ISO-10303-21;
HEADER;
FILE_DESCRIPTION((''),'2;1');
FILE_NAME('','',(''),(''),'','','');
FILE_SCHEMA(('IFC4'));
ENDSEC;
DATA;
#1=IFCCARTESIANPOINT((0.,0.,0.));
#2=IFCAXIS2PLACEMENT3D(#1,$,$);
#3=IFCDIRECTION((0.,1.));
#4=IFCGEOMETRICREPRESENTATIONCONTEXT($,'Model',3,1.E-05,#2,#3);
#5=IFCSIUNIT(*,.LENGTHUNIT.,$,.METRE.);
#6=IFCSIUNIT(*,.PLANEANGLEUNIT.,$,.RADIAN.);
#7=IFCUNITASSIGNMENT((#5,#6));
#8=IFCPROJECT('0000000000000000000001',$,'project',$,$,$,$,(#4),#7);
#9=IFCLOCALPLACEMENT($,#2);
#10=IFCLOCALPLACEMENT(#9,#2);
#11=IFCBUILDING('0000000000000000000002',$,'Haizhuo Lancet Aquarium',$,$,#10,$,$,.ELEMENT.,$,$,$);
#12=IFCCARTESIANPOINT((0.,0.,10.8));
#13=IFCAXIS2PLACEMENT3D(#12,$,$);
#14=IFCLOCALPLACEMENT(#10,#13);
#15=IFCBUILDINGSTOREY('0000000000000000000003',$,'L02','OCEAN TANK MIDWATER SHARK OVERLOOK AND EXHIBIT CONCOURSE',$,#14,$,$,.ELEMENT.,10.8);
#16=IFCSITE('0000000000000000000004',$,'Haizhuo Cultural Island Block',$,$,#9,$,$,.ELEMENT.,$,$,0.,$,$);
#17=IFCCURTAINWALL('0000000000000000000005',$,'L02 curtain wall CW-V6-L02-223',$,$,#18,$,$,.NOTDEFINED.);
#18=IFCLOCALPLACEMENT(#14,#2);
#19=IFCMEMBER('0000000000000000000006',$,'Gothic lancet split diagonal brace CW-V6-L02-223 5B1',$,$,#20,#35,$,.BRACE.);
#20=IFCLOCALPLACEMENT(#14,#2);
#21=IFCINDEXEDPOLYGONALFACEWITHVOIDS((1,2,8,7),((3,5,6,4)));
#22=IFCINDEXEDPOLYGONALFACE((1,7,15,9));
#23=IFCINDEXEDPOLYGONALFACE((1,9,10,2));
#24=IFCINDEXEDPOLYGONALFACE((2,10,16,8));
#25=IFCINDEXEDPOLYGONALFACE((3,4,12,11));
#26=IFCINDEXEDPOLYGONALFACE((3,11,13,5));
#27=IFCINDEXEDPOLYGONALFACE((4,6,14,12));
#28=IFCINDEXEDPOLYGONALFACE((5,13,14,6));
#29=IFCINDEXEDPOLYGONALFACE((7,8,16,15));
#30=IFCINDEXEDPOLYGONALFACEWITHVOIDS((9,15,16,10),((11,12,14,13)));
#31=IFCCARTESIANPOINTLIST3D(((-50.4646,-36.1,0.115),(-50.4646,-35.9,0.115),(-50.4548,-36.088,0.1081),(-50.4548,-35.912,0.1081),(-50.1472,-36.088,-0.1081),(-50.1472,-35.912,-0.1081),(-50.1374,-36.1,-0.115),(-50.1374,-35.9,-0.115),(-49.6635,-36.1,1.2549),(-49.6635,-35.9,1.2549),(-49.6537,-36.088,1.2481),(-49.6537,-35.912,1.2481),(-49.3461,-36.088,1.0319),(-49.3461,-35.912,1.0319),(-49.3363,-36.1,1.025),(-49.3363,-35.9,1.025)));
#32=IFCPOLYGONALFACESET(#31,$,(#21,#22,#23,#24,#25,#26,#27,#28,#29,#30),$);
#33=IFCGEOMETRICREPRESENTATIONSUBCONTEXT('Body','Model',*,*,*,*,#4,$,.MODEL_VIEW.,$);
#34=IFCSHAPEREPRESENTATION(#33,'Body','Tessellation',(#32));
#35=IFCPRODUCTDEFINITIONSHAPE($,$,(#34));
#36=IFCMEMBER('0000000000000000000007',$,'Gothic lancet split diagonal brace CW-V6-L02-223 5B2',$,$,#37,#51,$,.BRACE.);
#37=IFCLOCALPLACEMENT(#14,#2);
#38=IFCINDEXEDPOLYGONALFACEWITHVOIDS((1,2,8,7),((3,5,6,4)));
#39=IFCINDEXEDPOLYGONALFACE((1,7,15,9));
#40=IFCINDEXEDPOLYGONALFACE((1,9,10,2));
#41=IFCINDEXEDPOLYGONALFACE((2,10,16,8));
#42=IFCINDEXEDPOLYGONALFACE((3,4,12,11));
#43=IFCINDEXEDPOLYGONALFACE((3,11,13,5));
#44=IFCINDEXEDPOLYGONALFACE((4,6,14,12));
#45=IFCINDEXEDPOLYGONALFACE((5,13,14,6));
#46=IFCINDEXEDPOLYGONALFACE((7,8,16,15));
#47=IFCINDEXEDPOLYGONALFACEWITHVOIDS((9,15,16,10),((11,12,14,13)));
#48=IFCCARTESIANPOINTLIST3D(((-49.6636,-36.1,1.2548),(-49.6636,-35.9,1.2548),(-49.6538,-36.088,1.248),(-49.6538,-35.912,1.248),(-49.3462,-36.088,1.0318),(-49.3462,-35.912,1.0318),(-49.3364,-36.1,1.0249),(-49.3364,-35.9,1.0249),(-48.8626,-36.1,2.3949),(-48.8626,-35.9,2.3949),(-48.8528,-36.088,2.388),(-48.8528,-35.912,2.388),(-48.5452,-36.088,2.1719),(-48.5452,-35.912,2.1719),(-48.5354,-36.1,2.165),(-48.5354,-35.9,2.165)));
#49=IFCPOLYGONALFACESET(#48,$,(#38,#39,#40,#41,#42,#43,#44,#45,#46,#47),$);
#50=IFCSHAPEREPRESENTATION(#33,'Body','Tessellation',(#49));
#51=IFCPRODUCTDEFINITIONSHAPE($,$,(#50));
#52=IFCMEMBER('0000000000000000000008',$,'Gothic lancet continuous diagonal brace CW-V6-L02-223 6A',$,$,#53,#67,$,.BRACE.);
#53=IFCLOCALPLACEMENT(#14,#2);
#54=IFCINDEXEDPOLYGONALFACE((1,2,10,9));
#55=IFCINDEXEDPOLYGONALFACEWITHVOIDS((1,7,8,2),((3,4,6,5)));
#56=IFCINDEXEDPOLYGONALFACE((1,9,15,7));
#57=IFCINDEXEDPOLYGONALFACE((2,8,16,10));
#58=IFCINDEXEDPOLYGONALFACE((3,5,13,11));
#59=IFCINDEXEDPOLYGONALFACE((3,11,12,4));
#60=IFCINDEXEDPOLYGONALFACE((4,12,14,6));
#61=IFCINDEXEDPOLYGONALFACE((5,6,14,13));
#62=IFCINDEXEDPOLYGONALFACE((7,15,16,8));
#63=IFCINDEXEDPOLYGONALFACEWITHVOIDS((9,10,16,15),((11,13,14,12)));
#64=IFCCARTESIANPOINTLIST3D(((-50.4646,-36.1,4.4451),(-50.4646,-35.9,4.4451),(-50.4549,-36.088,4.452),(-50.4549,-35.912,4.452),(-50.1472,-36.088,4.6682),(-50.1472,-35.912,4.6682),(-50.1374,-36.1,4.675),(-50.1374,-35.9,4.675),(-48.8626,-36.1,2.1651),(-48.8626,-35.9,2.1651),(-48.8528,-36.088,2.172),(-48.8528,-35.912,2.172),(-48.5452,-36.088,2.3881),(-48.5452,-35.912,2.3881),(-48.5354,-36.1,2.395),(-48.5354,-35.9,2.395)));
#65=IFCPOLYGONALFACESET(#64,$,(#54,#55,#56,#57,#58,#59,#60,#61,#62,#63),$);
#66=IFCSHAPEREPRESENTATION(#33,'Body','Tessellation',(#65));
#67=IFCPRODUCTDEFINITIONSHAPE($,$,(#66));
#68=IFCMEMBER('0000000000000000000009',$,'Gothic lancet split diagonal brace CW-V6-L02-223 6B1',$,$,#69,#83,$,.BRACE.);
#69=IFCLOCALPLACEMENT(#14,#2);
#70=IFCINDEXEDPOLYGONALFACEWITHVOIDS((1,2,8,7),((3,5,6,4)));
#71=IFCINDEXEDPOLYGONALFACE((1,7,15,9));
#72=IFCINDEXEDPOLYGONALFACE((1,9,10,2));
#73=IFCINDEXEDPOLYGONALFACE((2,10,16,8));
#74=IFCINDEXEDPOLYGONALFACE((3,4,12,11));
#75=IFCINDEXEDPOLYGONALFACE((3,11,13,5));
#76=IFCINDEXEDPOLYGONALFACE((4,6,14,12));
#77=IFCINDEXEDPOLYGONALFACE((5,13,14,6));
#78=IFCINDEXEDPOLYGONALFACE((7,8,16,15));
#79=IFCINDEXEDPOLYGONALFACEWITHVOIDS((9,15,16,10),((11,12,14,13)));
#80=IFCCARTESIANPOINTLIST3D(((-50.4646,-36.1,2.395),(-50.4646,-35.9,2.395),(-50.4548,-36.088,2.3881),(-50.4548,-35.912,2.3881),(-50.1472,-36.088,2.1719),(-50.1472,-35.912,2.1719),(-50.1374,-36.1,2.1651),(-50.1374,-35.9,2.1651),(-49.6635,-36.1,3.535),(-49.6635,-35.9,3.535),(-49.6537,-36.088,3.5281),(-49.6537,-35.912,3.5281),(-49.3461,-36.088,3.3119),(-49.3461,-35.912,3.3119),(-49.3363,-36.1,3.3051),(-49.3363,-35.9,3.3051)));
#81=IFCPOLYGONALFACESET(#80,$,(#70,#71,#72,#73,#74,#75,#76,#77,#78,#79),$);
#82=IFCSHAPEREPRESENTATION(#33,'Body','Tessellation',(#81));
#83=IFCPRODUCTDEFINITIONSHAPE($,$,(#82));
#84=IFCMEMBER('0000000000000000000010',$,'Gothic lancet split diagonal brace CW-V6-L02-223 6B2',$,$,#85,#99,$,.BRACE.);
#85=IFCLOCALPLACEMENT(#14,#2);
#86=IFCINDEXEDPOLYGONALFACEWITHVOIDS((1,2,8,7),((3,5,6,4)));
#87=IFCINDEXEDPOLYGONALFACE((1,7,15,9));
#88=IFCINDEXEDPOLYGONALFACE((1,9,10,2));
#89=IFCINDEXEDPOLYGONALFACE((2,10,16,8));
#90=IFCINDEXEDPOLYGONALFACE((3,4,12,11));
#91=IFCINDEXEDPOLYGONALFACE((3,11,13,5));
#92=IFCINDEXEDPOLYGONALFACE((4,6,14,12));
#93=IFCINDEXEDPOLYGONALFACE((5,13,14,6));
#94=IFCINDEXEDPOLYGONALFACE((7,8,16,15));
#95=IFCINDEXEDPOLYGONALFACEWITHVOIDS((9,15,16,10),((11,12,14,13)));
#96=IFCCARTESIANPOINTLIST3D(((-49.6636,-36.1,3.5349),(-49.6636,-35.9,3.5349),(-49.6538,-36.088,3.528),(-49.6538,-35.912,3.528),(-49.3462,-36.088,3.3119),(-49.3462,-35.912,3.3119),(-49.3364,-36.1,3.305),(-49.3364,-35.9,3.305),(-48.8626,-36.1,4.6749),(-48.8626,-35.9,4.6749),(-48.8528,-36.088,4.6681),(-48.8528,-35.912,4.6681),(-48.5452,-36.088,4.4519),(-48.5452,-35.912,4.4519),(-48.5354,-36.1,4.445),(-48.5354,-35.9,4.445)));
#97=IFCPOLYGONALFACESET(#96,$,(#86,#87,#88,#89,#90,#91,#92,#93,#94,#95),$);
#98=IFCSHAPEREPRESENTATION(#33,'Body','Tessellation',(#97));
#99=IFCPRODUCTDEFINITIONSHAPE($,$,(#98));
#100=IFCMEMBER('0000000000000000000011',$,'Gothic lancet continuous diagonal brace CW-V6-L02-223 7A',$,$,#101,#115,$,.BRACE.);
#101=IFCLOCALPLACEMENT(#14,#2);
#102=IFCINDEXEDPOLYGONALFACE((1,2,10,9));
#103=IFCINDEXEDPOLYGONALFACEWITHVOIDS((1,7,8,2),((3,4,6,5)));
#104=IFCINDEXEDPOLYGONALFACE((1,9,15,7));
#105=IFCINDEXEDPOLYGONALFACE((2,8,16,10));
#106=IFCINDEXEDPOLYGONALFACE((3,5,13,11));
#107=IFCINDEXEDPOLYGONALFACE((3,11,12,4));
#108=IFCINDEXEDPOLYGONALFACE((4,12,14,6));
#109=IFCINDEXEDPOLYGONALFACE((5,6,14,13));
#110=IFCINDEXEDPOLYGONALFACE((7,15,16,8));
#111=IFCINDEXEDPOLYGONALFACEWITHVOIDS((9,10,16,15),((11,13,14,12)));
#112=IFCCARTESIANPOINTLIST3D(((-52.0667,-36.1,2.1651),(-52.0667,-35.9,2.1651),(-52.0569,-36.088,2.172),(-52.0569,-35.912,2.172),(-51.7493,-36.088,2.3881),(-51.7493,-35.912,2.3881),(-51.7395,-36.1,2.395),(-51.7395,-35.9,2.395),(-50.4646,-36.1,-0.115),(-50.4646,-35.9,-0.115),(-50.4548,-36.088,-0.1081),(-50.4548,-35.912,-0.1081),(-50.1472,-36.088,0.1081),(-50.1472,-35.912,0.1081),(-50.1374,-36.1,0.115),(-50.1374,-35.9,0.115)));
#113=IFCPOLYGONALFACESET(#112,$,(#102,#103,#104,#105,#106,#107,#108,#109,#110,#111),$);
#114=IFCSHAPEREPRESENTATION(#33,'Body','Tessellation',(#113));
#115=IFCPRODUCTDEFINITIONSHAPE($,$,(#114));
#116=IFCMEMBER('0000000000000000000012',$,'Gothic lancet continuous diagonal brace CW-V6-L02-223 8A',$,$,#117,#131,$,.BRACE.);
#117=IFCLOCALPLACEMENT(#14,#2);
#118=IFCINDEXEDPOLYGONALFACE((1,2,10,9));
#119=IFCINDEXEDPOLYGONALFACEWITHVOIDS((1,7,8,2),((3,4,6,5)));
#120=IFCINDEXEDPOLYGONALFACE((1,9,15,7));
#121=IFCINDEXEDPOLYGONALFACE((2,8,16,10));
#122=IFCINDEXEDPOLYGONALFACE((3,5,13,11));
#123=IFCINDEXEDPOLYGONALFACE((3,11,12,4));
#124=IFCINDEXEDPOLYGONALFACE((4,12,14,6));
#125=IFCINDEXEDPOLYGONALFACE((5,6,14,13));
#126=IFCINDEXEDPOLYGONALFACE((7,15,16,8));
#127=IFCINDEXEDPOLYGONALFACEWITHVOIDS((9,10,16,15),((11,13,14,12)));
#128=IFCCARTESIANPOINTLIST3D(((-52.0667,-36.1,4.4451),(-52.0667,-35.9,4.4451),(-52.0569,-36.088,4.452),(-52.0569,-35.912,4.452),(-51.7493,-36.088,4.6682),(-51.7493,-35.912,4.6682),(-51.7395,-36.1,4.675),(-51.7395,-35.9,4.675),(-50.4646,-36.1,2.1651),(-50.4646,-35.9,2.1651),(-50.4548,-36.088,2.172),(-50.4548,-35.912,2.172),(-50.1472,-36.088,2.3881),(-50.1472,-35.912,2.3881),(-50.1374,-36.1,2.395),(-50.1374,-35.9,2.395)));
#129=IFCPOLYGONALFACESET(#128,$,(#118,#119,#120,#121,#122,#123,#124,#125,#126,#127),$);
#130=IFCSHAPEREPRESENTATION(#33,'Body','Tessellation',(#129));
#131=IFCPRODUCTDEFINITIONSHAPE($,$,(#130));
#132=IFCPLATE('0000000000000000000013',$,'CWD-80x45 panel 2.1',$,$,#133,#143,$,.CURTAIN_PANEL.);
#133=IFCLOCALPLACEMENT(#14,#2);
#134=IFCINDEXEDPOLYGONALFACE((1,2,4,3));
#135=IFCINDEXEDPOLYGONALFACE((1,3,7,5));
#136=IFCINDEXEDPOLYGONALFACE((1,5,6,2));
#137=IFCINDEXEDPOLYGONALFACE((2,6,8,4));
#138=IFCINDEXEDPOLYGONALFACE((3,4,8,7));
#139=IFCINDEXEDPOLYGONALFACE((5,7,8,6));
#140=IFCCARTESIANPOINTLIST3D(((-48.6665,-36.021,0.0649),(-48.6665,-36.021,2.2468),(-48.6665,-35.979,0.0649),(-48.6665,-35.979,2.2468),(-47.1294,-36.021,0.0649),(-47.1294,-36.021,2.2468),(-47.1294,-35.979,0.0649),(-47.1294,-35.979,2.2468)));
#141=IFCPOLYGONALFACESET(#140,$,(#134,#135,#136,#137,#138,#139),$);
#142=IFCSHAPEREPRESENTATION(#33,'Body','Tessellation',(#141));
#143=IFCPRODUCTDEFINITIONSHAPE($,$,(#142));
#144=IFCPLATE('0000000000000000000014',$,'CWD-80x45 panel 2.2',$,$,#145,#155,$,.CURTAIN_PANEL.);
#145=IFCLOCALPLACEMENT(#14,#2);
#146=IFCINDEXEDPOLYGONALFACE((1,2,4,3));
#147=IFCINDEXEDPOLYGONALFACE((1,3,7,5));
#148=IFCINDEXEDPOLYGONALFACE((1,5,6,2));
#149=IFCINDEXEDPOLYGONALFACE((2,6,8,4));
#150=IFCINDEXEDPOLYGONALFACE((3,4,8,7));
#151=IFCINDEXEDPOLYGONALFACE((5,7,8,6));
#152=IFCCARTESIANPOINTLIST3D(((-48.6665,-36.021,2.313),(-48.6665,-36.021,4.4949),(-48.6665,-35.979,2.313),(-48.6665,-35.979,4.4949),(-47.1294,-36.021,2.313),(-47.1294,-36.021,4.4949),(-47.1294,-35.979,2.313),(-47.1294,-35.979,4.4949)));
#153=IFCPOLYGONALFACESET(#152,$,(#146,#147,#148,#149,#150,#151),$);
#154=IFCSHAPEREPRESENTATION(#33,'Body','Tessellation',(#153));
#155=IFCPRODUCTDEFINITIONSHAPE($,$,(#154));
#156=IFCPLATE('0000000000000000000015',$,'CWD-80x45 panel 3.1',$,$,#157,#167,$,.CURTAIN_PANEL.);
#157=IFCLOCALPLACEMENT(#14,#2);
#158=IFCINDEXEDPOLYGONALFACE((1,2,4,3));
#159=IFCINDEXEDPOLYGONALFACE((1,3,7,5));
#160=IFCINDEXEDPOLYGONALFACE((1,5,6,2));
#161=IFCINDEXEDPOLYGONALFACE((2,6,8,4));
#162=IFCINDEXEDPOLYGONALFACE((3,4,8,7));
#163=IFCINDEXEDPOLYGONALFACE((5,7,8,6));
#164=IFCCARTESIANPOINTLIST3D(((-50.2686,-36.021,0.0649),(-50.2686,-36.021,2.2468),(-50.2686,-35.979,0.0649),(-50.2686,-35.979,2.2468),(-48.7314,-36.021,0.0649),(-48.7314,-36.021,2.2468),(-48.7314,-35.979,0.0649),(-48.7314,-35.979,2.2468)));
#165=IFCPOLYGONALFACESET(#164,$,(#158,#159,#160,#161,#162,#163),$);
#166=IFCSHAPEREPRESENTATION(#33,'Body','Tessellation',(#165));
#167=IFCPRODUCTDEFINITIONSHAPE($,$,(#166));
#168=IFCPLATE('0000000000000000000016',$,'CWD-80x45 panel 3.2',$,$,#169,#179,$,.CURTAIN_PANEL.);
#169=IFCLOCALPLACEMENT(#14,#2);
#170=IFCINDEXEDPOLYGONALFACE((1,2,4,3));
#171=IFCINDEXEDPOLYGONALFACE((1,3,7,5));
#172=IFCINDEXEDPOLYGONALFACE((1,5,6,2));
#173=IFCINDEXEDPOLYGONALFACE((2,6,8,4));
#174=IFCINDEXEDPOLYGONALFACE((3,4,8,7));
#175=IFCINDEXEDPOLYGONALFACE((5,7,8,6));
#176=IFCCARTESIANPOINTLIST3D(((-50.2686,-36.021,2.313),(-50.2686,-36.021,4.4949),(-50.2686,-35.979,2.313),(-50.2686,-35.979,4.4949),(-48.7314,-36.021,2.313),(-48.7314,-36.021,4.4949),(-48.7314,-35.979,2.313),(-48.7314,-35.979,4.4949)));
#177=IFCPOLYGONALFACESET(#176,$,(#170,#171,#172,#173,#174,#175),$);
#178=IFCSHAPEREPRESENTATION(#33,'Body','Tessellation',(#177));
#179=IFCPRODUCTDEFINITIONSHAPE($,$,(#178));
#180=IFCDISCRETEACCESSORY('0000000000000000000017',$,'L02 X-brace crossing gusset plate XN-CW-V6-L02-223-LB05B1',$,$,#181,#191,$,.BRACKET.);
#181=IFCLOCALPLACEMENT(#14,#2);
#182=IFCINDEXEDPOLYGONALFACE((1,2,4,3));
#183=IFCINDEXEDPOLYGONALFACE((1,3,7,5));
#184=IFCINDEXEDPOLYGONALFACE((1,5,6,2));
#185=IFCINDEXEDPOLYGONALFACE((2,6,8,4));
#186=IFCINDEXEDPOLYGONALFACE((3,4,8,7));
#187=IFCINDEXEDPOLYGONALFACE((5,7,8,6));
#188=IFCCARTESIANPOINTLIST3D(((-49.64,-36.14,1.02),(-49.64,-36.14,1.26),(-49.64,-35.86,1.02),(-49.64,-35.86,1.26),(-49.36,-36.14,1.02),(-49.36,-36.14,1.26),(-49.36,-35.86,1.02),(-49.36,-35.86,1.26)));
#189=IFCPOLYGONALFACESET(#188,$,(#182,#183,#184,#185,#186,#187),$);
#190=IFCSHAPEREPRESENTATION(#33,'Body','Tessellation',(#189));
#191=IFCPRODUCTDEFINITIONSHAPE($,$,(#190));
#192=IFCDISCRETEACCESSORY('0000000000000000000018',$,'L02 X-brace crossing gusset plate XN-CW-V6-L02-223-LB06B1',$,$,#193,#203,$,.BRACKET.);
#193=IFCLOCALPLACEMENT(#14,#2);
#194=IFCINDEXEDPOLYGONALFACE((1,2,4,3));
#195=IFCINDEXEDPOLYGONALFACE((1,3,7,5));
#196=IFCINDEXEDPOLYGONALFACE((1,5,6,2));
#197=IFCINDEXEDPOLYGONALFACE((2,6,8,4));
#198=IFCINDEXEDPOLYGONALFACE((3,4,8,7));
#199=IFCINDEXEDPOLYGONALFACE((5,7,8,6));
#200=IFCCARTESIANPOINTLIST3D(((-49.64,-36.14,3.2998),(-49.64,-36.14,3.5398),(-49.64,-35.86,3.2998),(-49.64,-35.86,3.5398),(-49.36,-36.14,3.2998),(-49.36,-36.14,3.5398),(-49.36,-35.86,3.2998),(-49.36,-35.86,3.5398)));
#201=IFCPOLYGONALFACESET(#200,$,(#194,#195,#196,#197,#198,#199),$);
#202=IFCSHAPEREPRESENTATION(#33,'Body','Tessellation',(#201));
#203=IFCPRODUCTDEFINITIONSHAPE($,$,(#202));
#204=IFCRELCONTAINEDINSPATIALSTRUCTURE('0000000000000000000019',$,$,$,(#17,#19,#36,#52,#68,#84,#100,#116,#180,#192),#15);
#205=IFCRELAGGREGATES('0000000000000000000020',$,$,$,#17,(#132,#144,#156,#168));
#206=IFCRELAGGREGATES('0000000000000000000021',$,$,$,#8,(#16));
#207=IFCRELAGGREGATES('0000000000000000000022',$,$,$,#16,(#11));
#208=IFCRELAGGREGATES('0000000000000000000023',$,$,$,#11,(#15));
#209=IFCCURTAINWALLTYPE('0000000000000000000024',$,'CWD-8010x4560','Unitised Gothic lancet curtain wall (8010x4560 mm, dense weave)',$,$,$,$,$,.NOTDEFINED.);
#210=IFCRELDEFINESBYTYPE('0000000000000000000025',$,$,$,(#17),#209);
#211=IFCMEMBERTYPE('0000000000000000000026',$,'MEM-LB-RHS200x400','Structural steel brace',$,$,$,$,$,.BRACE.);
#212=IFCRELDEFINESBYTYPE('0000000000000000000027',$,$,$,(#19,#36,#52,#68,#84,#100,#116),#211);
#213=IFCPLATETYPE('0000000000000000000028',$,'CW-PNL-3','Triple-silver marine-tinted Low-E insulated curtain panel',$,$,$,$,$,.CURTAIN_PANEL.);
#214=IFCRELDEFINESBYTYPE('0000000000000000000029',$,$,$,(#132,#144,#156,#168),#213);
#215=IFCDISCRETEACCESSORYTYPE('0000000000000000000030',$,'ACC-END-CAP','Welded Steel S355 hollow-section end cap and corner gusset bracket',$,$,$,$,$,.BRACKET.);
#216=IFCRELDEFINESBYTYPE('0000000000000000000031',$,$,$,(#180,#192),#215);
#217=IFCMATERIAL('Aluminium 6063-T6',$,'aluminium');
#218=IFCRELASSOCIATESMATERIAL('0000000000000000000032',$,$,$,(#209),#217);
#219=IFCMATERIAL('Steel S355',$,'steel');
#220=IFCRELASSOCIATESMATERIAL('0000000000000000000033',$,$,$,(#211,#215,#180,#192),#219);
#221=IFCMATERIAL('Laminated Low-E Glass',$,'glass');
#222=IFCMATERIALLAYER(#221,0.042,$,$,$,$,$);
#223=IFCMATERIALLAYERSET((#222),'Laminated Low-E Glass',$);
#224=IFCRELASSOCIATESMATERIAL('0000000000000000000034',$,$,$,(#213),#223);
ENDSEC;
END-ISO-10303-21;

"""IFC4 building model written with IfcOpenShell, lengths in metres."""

from ifc_helpers import new_model, si_unit, direction, frame, origin, origin_2d, place, context, subcontext, project, spatial, rectangle, hollow_rectangle, extrude, material, layer, layer_set, material_profile, profile_set, type_object, element, aggregate, save


model = new_model("IFC4")

# Units and contexts
model_context = context("Model", 3, precision=1e-05, world=origin(), true_north=direction((0.0, 1.0)))
body_context = subcontext(model_context, "Body", "Model", "MODEL_VIEW")
ifc_project = project(units=[si_unit("LENGTHUNIT", "METRE"), si_unit("PLANEANGLEUNIT", "RADIAN")], contexts=[model_context])

# Site, building, storey
site_placement = place(None, origin())
site = spatial("IfcSite", under=ifc_project, at=site_placement, Name="Haizhuo Cultural Island Block", CompositionType="ELEMENT", RefElevation=0.0)
building_placement = place(site_placement, origin())
building = spatial("IfcBuilding", under=site, at=building_placement, Name="Haizhuo Lancet Aquarium", CompositionType="ELEMENT")
storey_placement = place(building_placement, frame((0.0, 0.0, 10.8)))
storey = spatial("IfcBuildingStorey", under=building, at=storey_placement, Name="L02", Description="OCEAN TANK MIDWATER SHARK OVERLOOK AND EXHIBIT CONCOURSE", CompositionType="ELEMENT", Elevation=10.8)

# Curtain wall
ifc_material_1 = material(Name="Aluminium 6063-T6", Category="aluminium")
curtain_wall_type = type_object("IfcCurtainWallType", Name="CWD-8010x4560", Description="Unitised Gothic lancet curtain wall (8010x4560 mm, dense weave)", PredefinedType="NOTDEFINED", material=ifc_material_1)
curtain_wall_placement = place(storey_placement, origin())
curtain_wall = element("IfcCurtainWall", 1, at=curtain_wall_placement, inside=storey, type_object=curtain_wall_type, Name="L02 curtain wall CW-V6-L02-223", PredefinedType="NOTDEFINED")

# Members
ifc_material_2 = material(Name="Steel S355", Category="steel")
ifc_material_profile_1 = material_profile(ifc_material_2, hollow_rectangle(XDim=0.2, YDim=0.3999, WallThickness=0.012, at=origin_2d()), Name="RHS 200x400x12")
ifc_profile_set_1 = profile_set([ifc_material_profile_1], Name="Steel S355")
member_type_1 = type_object("IfcMemberType", Name="MEM-LB-RHS200x400", Description="Structural steel brace", PredefinedType="BRACE", material=ifc_profile_set_1)
for number, where, z_axis, x_axis, name in (
    (2, (-50.301, -36.0, 0.0), (0.574955, 0.0, 0.818185), (0.0, 1.0, 0.0), "Gothic lancet split diagonal brace CW-V6-L02-223 5B1"),
    (3, (-49.5, -36.0, 1.1399), (0.574873, 0.0, 0.818243), (0.0, 1.0, 0.0), "Gothic lancet split diagonal brace CW-V6-L02-223 5B2"),
):
    element("IfcMember", number, at=place(storey_placement, frame(where, z_axis=z_axis, x_axis=x_axis)), inside=storey, type_object=member_type_1, Name=name, PredefinedType="BRACE", context=body_context, shape_type="SweptSolid", body=[
        extrude(hollow_rectangle(XDim=0.2, YDim=0.3999, WallThickness=0.012, at=origin_2d()), origin(), (0.0, 0.0, 1.0), 1.3933),
    ])
member_1_placement = place(storey_placement, frame((-48.699, -36.0, 2.28), z_axis=(-0.574914, 0.0, 0.818214), x_axis=(0.0, -1.0, 0.0)))
element("IfcMember", 4, at=member_1_placement, inside=storey, type_object=member_type_1, Name="Gothic lancet continuous diagonal brace CW-V6-L02-223 6A", PredefinedType="BRACE", context=body_context, shape_type="SweptSolid", body=[
    extrude(hollow_rectangle(XDim=0.2, YDim=0.3999, WallThickness=0.012, at=origin_2d()), origin(), (0.0, 0.0, 1.0), 2.7866),
])
for number, where, z_axis, x_axis, name in (
    (5, (-50.301, -36.0, 2.28), (0.574955, 0.0, 0.818185), (0.0, 1.0, 0.0), "Gothic lancet split diagonal brace CW-V6-L02-223 6B1"),
    (6, (-49.5, -36.0, 3.4199), (0.574873, 0.0, 0.818243), (0.0, 1.0, 0.0), "Gothic lancet split diagonal brace CW-V6-L02-223 6B2"),
):
    element("IfcMember", number, at=place(storey_placement, frame(where, z_axis=z_axis, x_axis=x_axis)), inside=storey, type_object=member_type_1, Name=name, PredefinedType="BRACE", context=body_context, shape_type="SweptSolid", body=[
        extrude(hollow_rectangle(XDim=0.2, YDim=0.3999, WallThickness=0.012, at=origin_2d()), origin(), (0.0, 0.0, 1.0), 1.3933),
    ])
for number, where, z_axis, x_axis, name in (
    (7, (-50.301, -36.0, 0.0), (-0.574914, 0.0, 0.818214), (0.0, -1.0, 0.0), "Gothic lancet continuous diagonal brace CW-V6-L02-223 7A"),
    (8, (-50.301, -36.0, 2.28), (-0.574914, 0.0, 0.818214), (0.0, -1.0, 0.0), "Gothic lancet continuous diagonal brace CW-V6-L02-223 8A"),
):
    element("IfcMember", number, at=place(storey_placement, frame(where, z_axis=z_axis, x_axis=x_axis)), inside=storey, type_object=member_type_1, Name=name, PredefinedType="BRACE", context=body_context, shape_type="SweptSolid", body=[
        extrude(hollow_rectangle(XDim=0.2, YDim=0.3999, WallThickness=0.012, at=origin_2d()), origin(), (0.0, 0.0, 1.0), 2.7866),
    ])

# Plates
ifc_material_3 = material(Name="Laminated Low-E Glass", Category="glass")
ifc_layer = layer(ifc_material_3, 0.042)
ifc_layer_set = layer_set([ifc_layer], Name="Laminated Low-E Glass")
plate_type = type_object("IfcPlateType", Name="CW-PNL-3", Description="Triple-silver marine-tinted Low-E insulated curtain panel", PredefinedType="CURTAIN_PANEL", material=ifc_layer_set)
plate_1_placement = place(storey_placement, frame((-47.8979, -36.0, 0.0649), z_axis=(0.0, 0.0, 1.0), x_axis=(-1.0, 0.0, 0.0)))
plate_1 = element("IfcPlate", 9, at=plate_1_placement, type_object=plate_type, Name="CWD-80x45 panel 2.1", PredefinedType="CURTAIN_PANEL", context=body_context, shape_type="SweptSolid", body=[
    extrude(rectangle(XDim=1.5371, YDim=0.042, at=origin_2d()), origin(), (0.0, 0.0, 1.0), 2.1819),
])
plate_2_placement = place(storey_placement, frame((-47.8979, -36.0, 2.313), z_axis=(0.0, 0.0, 1.0), x_axis=(-1.0, 0.0, 0.0)))
plate_2 = element("IfcPlate", 10, at=plate_2_placement, type_object=plate_type, Name="CWD-80x45 panel 2.2", PredefinedType="CURTAIN_PANEL", context=body_context, shape_type="SweptSolid", body=[
    extrude(rectangle(XDim=1.5371, YDim=0.042, at=origin_2d()), origin(), (0.0, 0.0, 1.0), 2.1819),
])
plate_3_placement = place(storey_placement, frame((-49.5, -36.0, 0.0649), z_axis=(0.0, 0.0, 1.0), x_axis=(-1.0, 0.0, 0.0)))
plate_3 = element("IfcPlate", 11, at=plate_3_placement, type_object=plate_type, Name="CWD-80x45 panel 3.1", PredefinedType="CURTAIN_PANEL", context=body_context, shape_type="SweptSolid", body=[
    extrude(rectangle(XDim=1.5371, YDim=0.042, at=origin_2d()), origin(), (0.0, 0.0, 1.0), 2.1819),
])
plate_4_placement = place(storey_placement, frame((-49.5, -36.0, 2.313), z_axis=(0.0, 0.0, 1.0), x_axis=(-1.0, 0.0, 0.0)))
plate_4 = element("IfcPlate", 12, at=plate_4_placement, type_object=plate_type, Name="CWD-80x45 panel 3.2", PredefinedType="CURTAIN_PANEL", context=body_context, shape_type="SweptSolid", body=[
    extrude(rectangle(XDim=1.5371, YDim=0.042, at=origin_2d()), origin(), (0.0, 0.0, 1.0), 2.1819),
])
aggregate(curtain_wall, [plate_1, plate_2, plate_3, plate_4])

# Discrete accessories
discrete_accessory_type = type_object("IfcDiscreteAccessoryType", Name="ACC-END-CAP", Description="Welded Steel S355 hollow-section end cap and corner gusset bracket", PredefinedType="BRACKET", material=ifc_material_2)
for number, where, z_axis, x_axis, name in (
    (13, (-49.5, -36.0, 1.02), (0.0, 0.0, 1.0), (1.0, 0.0, 0.0), "L02 X-brace crossing gusset plate XN-CW-V6-L02-223-LB05B1"),
    (14, (-49.5, -36.0, 3.2998), (0.0, 0.0, 1.0), (1.0, 0.0, 0.0), "L02 X-brace crossing gusset plate XN-CW-V6-L02-223-LB06B1"),
):
    element("IfcDiscreteAccessory", number, at=place(storey_placement, frame(where, z_axis=z_axis, x_axis=x_axis)), inside=storey, type_object=discrete_accessory_type, material=ifc_material_2, Name=name, PredefinedType="BRACKET", context=body_context, shape_type="SweptSolid", body=[
        extrude(rectangle(XDim=0.28, YDim=0.28, at=origin_2d()), origin(), (0.0, 0.0, 1.0), 0.24),
    ])

save(model, "model.ifc")
